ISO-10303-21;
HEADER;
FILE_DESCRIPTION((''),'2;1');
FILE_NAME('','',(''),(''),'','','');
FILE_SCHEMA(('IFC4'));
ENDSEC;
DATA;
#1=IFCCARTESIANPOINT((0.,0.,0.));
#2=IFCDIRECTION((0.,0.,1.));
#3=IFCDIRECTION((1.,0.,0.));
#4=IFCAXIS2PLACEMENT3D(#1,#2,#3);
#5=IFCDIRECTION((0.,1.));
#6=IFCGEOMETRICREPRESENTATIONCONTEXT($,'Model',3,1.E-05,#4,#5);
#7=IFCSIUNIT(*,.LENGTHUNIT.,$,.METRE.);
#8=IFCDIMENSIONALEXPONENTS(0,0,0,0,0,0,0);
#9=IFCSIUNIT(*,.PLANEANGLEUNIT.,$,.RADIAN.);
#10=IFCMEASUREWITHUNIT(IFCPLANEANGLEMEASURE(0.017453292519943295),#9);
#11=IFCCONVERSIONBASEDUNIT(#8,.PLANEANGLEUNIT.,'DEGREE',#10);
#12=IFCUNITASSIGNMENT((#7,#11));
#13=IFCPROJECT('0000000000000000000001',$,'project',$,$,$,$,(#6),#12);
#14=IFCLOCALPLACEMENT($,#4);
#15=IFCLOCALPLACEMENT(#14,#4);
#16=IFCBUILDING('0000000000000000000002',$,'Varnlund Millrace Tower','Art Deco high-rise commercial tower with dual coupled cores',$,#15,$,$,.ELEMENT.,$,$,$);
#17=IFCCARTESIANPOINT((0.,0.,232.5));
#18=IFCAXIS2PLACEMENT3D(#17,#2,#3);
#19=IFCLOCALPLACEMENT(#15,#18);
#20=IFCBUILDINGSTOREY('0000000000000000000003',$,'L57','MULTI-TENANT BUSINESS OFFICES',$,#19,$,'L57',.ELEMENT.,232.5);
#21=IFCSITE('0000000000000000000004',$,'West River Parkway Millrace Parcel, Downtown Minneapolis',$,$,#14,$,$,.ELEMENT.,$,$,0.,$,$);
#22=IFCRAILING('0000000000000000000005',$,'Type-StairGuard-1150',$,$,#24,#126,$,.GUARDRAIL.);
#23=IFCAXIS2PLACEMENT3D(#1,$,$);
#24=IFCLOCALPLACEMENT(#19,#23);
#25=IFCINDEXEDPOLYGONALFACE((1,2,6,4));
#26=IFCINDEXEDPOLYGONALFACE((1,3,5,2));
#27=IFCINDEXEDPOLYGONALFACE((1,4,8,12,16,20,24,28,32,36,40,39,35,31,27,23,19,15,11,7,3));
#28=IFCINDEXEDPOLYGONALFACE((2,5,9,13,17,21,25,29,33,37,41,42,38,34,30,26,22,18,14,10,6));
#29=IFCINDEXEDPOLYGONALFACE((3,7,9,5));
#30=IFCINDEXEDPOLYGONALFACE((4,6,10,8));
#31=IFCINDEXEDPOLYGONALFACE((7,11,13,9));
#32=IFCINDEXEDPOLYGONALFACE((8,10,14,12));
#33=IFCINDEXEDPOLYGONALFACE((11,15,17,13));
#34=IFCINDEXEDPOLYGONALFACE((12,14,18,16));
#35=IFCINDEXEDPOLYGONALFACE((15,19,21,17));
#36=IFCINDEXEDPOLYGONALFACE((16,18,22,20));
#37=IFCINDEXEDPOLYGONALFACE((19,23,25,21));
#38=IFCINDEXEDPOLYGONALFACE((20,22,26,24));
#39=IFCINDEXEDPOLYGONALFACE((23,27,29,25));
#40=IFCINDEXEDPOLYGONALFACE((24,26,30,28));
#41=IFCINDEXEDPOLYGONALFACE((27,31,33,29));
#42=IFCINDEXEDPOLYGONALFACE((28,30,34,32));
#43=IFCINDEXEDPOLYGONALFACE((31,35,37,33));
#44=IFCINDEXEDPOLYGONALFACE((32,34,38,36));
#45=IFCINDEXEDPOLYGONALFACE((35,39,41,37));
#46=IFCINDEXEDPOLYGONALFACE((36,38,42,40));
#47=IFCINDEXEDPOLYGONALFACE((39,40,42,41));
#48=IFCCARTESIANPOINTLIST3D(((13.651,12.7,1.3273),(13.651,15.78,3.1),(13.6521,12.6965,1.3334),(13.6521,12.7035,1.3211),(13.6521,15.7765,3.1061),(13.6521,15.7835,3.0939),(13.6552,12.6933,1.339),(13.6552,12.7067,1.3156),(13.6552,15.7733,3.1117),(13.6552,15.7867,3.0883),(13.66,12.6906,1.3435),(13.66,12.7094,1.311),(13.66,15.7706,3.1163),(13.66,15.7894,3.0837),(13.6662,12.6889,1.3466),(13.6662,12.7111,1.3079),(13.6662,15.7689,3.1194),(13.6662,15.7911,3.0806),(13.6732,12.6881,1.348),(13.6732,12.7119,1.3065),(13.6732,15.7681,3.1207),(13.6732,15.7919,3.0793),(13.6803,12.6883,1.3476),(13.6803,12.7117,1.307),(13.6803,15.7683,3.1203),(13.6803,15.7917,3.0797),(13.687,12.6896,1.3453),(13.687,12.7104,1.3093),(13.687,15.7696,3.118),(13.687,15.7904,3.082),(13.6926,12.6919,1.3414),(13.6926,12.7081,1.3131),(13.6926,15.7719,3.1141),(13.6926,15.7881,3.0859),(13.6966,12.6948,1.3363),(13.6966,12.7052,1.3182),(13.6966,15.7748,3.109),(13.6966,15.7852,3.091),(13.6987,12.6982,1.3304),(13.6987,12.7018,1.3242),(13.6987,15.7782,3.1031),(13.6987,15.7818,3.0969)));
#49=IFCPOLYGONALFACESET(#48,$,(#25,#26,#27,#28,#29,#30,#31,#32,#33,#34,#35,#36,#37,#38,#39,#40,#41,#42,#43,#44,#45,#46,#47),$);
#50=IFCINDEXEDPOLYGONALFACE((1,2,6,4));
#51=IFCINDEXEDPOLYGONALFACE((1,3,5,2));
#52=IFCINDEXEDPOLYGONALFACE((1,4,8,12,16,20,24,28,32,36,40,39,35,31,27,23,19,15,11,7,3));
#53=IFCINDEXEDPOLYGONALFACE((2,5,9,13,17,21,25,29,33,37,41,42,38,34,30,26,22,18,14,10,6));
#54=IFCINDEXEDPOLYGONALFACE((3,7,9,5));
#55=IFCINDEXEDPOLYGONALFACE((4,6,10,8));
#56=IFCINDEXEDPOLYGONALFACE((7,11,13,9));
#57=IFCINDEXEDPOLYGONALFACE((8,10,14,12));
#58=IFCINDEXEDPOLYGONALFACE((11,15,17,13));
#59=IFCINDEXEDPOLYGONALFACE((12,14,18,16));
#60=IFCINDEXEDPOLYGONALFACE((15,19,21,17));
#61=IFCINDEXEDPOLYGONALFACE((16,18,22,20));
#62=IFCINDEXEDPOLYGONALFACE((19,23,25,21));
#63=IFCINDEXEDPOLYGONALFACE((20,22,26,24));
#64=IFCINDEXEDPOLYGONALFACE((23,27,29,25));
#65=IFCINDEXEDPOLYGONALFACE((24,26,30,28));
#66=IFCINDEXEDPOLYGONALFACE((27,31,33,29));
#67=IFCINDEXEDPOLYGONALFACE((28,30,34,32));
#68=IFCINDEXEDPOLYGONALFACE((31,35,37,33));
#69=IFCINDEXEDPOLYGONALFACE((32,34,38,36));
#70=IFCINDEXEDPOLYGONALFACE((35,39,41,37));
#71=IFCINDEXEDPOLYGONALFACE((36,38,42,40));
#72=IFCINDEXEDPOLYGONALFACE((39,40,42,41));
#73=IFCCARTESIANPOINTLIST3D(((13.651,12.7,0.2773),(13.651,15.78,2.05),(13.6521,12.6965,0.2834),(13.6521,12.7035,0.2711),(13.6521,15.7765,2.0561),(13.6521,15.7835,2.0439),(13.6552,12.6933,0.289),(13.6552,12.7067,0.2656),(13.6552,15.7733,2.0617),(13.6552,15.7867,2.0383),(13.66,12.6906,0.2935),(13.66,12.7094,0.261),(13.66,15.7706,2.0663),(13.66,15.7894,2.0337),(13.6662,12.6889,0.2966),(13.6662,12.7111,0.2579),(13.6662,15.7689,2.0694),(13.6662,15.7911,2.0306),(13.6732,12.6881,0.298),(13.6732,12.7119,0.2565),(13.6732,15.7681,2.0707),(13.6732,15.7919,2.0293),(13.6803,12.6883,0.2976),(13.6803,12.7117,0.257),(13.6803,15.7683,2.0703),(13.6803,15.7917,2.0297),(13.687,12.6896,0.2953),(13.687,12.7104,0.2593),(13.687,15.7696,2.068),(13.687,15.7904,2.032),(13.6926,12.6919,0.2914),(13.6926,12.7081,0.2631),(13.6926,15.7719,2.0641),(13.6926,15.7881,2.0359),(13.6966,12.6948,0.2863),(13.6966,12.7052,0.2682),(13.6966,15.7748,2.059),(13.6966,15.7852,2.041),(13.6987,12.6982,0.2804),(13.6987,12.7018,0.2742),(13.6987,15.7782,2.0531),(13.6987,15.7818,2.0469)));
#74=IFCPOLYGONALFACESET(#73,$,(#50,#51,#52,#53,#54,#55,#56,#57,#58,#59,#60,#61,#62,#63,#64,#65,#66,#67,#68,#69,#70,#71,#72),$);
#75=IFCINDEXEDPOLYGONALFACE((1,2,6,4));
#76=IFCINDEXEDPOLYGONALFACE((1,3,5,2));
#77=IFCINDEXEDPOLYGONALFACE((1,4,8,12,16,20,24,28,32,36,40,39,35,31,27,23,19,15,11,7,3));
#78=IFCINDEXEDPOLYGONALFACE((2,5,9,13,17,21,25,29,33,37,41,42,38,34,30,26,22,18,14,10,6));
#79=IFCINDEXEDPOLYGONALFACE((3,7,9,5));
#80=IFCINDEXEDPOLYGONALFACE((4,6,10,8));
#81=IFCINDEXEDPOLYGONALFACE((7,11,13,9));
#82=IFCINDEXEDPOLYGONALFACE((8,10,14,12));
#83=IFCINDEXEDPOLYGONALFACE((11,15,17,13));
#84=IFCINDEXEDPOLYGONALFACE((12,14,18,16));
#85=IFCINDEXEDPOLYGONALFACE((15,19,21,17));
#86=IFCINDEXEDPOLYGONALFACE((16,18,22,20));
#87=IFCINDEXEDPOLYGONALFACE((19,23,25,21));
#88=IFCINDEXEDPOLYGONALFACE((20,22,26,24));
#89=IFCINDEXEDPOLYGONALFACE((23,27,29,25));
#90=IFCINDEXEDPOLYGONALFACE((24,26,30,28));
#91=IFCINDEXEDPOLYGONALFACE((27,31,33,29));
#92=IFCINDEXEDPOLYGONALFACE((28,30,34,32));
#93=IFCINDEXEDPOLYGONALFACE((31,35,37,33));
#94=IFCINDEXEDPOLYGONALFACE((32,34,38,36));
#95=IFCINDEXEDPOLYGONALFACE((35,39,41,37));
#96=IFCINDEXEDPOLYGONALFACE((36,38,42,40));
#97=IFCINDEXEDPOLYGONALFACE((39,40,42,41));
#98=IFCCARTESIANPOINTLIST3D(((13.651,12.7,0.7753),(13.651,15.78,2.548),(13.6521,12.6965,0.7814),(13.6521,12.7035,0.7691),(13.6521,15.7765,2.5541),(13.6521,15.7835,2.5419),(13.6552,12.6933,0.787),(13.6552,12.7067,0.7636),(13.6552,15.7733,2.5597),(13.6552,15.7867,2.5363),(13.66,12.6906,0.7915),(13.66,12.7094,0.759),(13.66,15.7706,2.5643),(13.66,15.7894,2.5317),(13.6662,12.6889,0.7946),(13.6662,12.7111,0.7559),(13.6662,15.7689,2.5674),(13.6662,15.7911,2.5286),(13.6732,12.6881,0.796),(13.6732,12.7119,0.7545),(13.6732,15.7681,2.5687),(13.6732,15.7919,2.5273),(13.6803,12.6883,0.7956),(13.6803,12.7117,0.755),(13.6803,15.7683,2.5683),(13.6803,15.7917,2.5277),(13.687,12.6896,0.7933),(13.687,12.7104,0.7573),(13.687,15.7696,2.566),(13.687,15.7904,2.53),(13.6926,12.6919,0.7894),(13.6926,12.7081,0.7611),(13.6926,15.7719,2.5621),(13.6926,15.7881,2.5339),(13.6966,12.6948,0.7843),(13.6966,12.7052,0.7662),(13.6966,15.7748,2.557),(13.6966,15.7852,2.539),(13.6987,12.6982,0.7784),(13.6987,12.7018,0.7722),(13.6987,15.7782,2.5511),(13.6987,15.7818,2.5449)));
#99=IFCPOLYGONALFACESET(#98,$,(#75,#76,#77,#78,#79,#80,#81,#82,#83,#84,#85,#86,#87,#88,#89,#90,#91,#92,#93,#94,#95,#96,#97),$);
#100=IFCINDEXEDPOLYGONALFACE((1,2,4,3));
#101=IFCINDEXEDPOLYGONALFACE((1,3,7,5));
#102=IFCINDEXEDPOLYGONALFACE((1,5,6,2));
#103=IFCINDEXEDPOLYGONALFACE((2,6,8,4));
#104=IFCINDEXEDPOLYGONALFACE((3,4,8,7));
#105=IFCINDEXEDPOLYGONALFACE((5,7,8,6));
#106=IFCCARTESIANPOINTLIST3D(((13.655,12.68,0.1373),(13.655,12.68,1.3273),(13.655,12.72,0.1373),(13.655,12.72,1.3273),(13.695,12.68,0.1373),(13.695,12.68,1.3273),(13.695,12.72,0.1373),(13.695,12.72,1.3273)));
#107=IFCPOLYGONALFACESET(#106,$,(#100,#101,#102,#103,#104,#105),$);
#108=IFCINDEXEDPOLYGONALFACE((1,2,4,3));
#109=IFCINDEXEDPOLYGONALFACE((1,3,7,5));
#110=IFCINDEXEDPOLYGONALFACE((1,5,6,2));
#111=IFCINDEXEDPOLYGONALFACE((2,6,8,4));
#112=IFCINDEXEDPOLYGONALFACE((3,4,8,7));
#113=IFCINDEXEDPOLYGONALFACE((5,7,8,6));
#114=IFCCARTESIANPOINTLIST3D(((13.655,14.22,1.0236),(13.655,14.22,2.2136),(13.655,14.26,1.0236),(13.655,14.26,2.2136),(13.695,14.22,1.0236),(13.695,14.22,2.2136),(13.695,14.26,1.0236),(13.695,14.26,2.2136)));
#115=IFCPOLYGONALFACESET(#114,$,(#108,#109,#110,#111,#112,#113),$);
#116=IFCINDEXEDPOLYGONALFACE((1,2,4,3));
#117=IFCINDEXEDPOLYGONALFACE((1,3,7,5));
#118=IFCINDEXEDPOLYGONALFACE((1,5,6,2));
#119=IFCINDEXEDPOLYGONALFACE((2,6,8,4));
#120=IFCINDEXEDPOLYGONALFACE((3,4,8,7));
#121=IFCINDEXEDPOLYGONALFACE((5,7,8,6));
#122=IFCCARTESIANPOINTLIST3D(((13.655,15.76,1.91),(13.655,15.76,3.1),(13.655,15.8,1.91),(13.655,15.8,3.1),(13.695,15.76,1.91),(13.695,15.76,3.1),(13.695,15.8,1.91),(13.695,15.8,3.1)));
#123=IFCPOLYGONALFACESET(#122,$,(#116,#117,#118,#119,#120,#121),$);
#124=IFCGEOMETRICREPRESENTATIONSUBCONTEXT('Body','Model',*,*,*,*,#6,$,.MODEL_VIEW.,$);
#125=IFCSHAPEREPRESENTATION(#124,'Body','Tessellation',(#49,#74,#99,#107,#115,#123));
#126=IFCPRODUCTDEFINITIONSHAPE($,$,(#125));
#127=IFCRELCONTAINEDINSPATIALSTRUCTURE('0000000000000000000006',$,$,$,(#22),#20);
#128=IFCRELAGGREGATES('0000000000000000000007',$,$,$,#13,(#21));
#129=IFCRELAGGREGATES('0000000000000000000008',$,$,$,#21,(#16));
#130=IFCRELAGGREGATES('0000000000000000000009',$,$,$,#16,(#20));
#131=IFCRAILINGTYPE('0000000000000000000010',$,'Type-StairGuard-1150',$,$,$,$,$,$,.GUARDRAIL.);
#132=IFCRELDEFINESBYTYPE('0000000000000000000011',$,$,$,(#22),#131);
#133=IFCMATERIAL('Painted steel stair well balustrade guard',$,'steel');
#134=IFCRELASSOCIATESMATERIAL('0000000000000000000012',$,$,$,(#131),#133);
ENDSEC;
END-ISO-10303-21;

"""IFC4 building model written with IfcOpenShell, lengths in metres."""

from ifc_helpers import new_model, entity, si_unit, converted_unit, direction, frame, origin_with_axes, origin_2d_with_axis, place, context, subcontext, project, spatial, rectangle, circle, extrude, material, type_object, element, save


model = new_model("IFC4")

# Units and contexts
model_context = context("Model", 3, precision=1e-05, world=origin_with_axes(), true_north=direction((0.0, 1.0)))
body_context = subcontext(model_context, "Body", "Model", "MODEL_VIEW")
ifc_project = project(units=[si_unit("LENGTHUNIT", "METRE"), converted_unit("PLANEANGLEUNIT", "DEGREE", entity("IfcPlaneAngleMeasure", 0.017453292519943295), si_unit("PLANEANGLEUNIT", "RADIAN"), dimensions=[0, 0, 0, 0, 0, 0, 0])], contexts=[model_context])

# Site, building, storey
site_placement = place(None, origin_with_axes())
site = spatial("IfcSite", under=ifc_project, at=site_placement, Name="West River Parkway Millrace Parcel, Downtown Minneapolis", CompositionType="ELEMENT", RefElevation=0.0)
building_placement = place(site_placement, origin_with_axes())
building = spatial("IfcBuilding", under=site, at=building_placement, Name="Varnlund Millrace Tower", Description="Art Deco high-rise commercial tower with dual coupled cores", CompositionType="ELEMENT")
storey_placement = place(building_placement, frame((0.0, 0.0, 232.5), z_axis=(0.0, 0.0, 1.0), x_axis=(1.0, 0.0, 0.0)))
storey = spatial("IfcBuildingStorey", under=building, at=storey_placement, Name="L57", Description="MULTI-TENANT BUSINESS OFFICES", LongName="L57", CompositionType="ELEMENT", Elevation=232.5)

# Railing
ifc_material_1 = material(Name="Painted steel stair well balustrade guard", Category="steel")
railing_type_1 = type_object("IfcRailingType", Name="Type-StairGuard-1150", PredefinedType="GUARDRAIL", material=ifc_material_1)
railing_1_placement = place(storey_placement, frame((0.0, 0.0, -232.5), z_axis=(0.0, 0.0, 1.0), x_axis=(1.0, 0.0, 0.0)))
element("IfcRailing", 1, at=railing_1_placement, inside=storey, type_object=railing_type_1, Name="Type-StairGuard-1150", PredefinedType="GUARDRAIL", context=body_context, shape_type="SweptSolid", body=[
    extrude(circle(Radius=0.024, at=origin_2d_with_axis()), frame((13.675, 12.7, 233.8273), z_axis=(0.0, 0.866696, 0.498836), x_axis=(-1.0, 0.0, 0.0)), (0.0, 0.0, 1.0), 3.5537),
    extrude(circle(Radius=0.024, at=origin_2d_with_axis()), frame((13.675, 12.7, 232.7773), z_axis=(0.0, 0.866696, 0.498836), x_axis=(-1.0, 0.0, 0.0)), (0.0, 0.0, 1.0), 3.5537),
    extrude(circle(Radius=0.024, at=origin_2d_with_axis()), frame((13.675, 12.7, 233.2753), z_axis=(0.0, 0.866696, 0.498836), x_axis=(-1.0, 0.0, 0.0)), (0.0, 0.0, 1.0), 3.5537),
    extrude(rectangle(XDim=0.04, YDim=0.04, at=origin_2d_with_axis()), frame((13.675, 12.7, 232.6373), z_axis=(0.0, 0.0, 1.0), x_axis=(1.0, 0.0, 0.0)), (0.0, 0.0, 1.0), 1.19),
    extrude(rectangle(XDim=0.04, YDim=0.04, at=origin_2d_with_axis()), frame((13.675, 14.24, 233.5236), z_axis=(0.0, 0.0, 1.0), x_axis=(1.0, 0.0, 0.0)), (0.0, 0.0, 1.0), 1.19),
    extrude(rectangle(XDim=0.04, YDim=0.04, at=origin_2d_with_axis()), frame((13.675, 15.78, 234.41), z_axis=(0.0, 0.0, 1.0), x_axis=(1.0, 0.0, 0.0)), (0.0, 0.0, 1.0), 1.19),
])

save(model, "model.ifc")
